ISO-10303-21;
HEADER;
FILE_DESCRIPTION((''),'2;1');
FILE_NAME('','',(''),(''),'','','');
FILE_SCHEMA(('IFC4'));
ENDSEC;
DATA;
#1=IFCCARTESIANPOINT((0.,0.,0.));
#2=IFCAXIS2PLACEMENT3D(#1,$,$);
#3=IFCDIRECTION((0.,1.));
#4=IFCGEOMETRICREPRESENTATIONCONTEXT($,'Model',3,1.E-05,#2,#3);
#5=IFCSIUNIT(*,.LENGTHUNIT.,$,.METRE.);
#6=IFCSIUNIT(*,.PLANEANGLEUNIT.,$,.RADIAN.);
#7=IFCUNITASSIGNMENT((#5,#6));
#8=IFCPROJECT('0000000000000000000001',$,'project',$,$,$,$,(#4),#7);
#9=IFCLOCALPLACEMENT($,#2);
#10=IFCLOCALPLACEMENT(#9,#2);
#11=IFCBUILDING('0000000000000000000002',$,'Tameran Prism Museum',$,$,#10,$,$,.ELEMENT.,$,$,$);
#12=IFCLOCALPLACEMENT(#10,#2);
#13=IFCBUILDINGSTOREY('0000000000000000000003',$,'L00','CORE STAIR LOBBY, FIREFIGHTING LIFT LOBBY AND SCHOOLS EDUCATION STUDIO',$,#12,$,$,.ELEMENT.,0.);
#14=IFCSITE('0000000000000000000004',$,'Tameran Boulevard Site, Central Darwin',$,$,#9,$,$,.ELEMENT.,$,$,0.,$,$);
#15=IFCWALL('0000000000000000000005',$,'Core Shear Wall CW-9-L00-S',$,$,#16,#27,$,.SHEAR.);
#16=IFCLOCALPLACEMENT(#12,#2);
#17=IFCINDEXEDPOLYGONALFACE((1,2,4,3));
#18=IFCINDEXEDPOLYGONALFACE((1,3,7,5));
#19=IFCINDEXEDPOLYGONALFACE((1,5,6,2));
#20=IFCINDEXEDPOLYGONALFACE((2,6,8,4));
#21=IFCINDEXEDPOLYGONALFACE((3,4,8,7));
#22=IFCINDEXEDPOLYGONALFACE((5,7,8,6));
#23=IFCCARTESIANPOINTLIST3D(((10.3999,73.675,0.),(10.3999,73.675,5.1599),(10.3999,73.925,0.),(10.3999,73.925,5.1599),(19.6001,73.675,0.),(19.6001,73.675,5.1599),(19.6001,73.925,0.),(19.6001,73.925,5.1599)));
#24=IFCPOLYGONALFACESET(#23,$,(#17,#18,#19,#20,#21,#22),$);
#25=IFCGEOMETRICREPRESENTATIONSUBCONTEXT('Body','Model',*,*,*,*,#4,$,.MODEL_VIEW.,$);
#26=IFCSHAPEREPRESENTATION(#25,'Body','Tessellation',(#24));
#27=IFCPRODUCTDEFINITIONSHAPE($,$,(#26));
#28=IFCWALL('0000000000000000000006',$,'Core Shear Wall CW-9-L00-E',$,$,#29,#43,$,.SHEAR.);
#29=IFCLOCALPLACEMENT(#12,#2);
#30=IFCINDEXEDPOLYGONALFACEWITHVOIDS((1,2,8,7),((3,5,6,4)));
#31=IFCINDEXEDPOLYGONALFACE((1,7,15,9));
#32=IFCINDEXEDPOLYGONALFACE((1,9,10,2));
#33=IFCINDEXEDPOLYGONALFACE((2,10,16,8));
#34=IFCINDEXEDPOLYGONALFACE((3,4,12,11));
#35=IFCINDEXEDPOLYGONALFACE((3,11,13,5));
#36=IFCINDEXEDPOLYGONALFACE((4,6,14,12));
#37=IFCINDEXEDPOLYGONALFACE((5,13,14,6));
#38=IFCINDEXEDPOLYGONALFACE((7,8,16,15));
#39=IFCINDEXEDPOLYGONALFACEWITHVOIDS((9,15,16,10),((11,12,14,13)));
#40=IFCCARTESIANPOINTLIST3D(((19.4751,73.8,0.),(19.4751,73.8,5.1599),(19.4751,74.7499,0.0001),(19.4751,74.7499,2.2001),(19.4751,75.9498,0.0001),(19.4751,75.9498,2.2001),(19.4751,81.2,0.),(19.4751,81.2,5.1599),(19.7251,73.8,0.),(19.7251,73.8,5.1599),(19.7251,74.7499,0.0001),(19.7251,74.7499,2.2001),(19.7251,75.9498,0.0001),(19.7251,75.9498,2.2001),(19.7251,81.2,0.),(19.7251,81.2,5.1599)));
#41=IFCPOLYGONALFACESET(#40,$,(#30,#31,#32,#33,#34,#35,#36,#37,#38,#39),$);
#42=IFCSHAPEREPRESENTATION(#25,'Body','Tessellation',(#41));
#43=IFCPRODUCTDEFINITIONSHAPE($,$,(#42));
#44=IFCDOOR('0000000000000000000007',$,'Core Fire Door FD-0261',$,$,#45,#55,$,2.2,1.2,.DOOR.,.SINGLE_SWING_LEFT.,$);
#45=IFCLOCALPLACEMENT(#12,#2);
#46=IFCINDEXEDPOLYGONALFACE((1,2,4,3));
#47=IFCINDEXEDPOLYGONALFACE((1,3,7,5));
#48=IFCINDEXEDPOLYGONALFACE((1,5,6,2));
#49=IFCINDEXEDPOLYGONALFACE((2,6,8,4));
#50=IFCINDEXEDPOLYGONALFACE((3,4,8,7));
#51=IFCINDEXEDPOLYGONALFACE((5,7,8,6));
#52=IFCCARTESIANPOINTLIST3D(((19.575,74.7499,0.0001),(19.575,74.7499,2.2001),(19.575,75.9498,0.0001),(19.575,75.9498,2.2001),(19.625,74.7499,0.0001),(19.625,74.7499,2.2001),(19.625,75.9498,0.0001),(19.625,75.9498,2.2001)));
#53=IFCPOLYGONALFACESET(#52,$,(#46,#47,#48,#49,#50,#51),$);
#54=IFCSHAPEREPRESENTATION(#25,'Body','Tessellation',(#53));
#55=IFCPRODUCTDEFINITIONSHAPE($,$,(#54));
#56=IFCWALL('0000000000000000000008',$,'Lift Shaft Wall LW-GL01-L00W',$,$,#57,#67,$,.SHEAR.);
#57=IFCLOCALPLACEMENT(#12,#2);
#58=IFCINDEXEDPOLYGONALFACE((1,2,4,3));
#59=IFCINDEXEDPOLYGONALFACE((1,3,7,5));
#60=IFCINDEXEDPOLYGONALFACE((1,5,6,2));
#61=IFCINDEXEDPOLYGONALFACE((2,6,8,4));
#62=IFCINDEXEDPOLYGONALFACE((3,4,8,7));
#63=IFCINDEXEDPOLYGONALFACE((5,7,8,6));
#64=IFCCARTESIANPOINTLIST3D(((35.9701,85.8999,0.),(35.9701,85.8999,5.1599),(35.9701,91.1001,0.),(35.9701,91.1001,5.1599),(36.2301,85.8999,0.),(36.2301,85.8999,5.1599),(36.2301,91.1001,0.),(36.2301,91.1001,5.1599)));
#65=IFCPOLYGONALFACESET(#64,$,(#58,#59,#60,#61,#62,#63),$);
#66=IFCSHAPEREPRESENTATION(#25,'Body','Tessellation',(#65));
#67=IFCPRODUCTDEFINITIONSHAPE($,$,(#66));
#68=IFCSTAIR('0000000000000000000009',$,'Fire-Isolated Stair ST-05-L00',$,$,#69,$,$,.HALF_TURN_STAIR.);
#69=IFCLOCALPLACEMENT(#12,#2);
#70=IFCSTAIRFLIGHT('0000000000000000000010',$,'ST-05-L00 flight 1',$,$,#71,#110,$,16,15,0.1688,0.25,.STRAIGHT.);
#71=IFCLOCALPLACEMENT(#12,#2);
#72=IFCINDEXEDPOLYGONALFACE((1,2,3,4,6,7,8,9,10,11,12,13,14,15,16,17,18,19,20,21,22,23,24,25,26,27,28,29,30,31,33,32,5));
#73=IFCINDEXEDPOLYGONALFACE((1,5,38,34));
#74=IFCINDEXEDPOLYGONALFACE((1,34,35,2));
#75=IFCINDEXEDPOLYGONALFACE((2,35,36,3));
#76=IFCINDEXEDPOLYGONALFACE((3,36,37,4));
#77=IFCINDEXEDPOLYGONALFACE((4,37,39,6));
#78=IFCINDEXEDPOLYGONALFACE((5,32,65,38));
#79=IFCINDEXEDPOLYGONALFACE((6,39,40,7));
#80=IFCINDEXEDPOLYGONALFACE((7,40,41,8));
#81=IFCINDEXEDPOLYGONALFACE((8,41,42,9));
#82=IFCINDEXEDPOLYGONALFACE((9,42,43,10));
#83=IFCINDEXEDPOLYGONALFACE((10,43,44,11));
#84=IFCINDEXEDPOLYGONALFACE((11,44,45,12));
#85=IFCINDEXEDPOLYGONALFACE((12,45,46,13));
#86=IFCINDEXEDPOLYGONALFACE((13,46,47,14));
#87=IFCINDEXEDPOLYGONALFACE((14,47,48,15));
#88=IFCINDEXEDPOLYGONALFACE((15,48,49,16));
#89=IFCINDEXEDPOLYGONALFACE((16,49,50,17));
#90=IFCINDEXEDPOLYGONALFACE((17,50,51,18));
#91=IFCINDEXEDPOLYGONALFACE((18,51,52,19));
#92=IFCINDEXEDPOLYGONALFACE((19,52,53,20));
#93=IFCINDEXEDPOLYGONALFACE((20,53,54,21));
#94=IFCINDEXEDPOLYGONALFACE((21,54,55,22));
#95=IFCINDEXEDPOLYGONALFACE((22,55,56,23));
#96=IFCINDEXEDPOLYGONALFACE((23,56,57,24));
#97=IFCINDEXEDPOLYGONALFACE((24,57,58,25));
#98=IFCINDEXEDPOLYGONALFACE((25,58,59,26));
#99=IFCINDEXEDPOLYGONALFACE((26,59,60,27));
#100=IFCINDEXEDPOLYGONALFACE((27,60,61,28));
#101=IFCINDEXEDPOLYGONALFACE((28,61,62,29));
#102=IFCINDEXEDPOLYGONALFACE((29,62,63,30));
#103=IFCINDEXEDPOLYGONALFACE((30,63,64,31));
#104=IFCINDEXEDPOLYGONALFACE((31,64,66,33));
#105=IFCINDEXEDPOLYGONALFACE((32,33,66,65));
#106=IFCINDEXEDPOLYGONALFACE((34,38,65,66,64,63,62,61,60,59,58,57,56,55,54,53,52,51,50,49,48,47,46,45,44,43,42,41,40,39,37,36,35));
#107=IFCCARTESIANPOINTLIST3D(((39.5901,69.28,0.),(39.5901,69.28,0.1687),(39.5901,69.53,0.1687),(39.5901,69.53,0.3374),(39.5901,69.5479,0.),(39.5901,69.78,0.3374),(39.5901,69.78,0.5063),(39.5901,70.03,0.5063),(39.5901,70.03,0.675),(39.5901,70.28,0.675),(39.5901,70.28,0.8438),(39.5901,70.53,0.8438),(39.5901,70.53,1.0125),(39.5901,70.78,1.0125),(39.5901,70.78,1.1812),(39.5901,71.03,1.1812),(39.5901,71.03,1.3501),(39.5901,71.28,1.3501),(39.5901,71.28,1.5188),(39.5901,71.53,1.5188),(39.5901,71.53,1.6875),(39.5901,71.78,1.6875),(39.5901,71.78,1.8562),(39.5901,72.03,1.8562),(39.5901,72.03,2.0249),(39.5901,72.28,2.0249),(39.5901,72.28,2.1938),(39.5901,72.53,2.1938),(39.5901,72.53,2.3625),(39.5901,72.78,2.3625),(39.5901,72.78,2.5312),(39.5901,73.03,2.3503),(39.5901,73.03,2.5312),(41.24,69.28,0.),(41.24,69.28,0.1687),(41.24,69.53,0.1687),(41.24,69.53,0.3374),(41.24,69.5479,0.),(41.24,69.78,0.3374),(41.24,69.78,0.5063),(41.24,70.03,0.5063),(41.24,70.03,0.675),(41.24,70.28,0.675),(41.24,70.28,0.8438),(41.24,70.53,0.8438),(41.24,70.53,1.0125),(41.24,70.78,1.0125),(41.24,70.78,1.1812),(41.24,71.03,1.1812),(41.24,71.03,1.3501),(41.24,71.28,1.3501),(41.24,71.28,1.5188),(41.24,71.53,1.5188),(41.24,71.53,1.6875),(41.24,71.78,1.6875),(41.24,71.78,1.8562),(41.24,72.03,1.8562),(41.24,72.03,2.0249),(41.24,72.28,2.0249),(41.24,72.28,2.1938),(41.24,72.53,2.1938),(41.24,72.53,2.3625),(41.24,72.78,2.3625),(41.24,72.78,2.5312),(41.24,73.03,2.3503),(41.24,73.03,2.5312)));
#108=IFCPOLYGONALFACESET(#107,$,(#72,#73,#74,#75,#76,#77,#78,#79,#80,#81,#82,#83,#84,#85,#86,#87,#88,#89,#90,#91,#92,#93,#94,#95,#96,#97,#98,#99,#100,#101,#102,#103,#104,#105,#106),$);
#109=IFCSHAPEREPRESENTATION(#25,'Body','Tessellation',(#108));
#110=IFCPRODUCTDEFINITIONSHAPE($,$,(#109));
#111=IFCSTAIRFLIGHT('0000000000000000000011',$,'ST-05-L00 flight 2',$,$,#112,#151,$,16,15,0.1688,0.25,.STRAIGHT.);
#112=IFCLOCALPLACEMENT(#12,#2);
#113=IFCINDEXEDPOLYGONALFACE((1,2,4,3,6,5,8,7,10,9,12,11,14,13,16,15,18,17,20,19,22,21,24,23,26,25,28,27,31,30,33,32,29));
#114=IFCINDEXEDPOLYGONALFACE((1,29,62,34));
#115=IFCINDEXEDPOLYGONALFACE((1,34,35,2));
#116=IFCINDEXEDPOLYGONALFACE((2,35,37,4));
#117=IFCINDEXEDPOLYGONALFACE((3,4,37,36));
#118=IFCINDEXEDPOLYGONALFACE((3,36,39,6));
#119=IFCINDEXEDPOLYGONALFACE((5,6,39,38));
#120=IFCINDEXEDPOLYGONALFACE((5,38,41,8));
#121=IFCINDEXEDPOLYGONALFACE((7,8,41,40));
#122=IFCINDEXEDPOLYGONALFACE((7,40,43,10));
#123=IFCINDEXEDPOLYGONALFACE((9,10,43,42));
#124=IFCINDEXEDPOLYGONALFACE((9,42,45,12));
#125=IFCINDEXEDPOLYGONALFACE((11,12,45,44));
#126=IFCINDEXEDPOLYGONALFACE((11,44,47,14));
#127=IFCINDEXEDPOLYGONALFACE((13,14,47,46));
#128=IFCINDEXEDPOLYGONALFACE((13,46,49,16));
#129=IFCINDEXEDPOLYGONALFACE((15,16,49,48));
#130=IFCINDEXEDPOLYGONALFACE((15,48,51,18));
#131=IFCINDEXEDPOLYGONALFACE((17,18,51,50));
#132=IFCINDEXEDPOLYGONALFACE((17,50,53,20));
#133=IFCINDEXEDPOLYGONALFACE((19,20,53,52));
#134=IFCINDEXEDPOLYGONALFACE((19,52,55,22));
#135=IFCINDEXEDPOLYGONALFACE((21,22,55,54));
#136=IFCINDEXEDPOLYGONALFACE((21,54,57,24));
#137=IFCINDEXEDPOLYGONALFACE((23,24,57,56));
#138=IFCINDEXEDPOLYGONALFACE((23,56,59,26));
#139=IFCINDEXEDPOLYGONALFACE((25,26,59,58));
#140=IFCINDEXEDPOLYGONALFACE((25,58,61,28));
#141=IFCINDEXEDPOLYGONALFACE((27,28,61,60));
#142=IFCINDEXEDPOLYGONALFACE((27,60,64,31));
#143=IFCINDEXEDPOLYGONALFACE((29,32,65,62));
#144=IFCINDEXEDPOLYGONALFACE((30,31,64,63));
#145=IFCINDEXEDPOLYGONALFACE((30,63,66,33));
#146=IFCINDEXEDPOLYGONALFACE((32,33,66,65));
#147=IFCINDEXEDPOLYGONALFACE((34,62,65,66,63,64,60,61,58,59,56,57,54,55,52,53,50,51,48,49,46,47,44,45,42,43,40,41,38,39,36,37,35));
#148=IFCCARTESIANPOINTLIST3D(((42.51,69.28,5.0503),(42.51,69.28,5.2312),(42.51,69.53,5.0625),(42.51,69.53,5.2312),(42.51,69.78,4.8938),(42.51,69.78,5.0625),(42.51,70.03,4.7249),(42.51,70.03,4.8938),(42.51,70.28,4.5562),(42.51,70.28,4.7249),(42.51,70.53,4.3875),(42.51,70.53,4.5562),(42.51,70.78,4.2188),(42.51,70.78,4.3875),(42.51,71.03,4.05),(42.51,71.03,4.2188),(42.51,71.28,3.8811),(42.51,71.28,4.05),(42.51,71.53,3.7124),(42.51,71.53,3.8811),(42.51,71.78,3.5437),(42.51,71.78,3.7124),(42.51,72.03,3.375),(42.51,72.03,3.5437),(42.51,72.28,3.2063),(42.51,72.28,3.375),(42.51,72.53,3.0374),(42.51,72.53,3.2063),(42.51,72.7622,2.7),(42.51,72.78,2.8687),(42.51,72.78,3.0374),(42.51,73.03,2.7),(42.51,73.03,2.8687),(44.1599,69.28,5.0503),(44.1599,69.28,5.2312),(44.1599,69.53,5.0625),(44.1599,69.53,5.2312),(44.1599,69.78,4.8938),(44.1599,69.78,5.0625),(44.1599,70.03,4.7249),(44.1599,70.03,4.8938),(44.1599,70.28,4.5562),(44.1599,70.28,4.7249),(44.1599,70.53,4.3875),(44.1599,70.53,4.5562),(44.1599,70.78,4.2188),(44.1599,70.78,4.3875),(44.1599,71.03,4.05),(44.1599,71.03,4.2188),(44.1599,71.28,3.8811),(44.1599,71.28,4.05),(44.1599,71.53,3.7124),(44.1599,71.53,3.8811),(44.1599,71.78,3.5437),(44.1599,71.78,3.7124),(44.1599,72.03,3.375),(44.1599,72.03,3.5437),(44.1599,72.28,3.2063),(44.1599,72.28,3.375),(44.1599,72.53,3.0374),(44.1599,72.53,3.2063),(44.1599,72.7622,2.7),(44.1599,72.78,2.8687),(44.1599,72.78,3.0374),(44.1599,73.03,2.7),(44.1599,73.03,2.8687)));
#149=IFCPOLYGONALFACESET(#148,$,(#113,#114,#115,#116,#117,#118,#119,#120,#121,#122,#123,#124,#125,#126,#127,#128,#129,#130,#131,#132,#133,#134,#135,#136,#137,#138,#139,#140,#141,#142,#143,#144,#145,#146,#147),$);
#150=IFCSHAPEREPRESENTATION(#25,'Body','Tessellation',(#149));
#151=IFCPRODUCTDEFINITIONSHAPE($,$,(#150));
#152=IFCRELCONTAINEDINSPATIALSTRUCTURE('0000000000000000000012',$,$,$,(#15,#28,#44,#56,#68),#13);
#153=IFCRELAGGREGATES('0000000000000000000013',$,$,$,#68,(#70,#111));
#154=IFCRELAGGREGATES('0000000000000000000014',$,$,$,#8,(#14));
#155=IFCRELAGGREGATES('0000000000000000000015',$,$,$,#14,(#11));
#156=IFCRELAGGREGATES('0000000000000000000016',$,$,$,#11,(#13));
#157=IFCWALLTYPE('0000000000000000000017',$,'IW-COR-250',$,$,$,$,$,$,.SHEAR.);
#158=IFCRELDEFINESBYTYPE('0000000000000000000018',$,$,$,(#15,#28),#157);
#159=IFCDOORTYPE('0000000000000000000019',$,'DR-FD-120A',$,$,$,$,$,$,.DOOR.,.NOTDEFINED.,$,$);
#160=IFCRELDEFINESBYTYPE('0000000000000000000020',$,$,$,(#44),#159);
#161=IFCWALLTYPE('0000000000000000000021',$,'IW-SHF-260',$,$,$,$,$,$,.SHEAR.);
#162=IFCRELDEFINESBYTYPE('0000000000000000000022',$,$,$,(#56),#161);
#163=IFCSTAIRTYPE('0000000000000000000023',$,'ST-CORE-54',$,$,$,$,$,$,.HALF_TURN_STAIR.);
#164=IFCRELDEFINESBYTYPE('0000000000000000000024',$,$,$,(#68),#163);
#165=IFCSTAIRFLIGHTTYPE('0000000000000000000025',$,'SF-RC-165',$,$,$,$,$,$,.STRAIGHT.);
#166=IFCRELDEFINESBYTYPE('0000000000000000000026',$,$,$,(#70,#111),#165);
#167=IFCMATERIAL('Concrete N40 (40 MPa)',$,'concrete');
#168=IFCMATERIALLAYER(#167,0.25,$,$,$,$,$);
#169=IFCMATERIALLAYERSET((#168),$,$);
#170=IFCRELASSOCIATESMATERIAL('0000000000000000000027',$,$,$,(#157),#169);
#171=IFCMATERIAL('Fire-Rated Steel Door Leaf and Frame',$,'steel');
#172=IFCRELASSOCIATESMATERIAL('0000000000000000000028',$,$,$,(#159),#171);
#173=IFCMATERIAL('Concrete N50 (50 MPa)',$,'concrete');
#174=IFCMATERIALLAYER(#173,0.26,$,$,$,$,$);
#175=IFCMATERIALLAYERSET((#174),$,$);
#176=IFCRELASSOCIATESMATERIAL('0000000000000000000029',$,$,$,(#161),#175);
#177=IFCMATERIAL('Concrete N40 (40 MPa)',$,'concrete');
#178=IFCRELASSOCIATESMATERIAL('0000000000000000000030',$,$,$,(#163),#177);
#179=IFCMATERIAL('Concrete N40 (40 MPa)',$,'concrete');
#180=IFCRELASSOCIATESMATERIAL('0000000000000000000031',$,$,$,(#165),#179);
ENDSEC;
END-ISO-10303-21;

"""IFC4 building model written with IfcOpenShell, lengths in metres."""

from ifc_helpers import new_model, si_unit, direction, frame, frame_2d, origin, place, context, subcontext, project, spatial, polyline, rectangle, outline, extrude, material, layer, layer_set, type_object, element, fill, aggregate, save


model = new_model("IFC4")

# Units and contexts
model_context = context("Model", 3, precision=1e-05, world=origin(), true_north=direction((0.0, 1.0)))
body_context = subcontext(model_context, "Body", "Model", "MODEL_VIEW")
ifc_project = project(units=[si_unit("LENGTHUNIT", "METRE"), si_unit("PLANEANGLEUNIT", "RADIAN")], contexts=[model_context])

# Site, building, storey
site_placement = place(None, origin())
site = spatial("IfcSite", under=ifc_project, at=site_placement, Name="Tameran Boulevard Site, Central Darwin", CompositionType="ELEMENT", RefElevation=0.0)
building_placement = place(site_placement, origin())
building = spatial("IfcBuilding", under=site, at=building_placement, Name="Tameran Prism Museum", CompositionType="ELEMENT")
storey_placement = place(building_placement, origin())
storey = spatial("IfcBuildingStorey", under=building, at=storey_placement, Name="L00", Description="CORE STAIR LOBBY, FIREFIGHTING LIFT LOBBY AND SCHOOLS EDUCATION STUDIO", CompositionType="ELEMENT", Elevation=0.0)

# Shared definitions
ifc_material_1 = material(Name="Concrete N40 (40 MPa)", Category="concrete")
ifc_layer_1 = layer(ifc_material_1, 0.25)
ifc_layer_set_1 = layer_set([ifc_layer_1])
wall_type_1 = type_object("IfcWallType", Name="IW-COR-250", PredefinedType="SHEAR", material=ifc_layer_set_1)

# Shared definitions
ifc_material_2 = material(Name="Fire-Rated Steel Door Leaf and Frame", Category="steel")
door_type = type_object("IfcDoorType", Name="DR-FD-120A", OperationType="NOTDEFINED", PredefinedType="DOOR", material=ifc_material_2)

# Wall
wall_1_placement = place(storey_placement, frame((19.6001, 73.8, 0.0), z_axis=(0.0, 0.0, 1.0), x_axis=(-1.0, 0.0, 0.0)))
element("IfcWall", 1, at=wall_1_placement, inside=storey, type_object=wall_type_1, Name="Core Shear Wall CW-9-L00-S", PredefinedType="SHEAR", context=body_context, shape_type="SweptSolid", body=[
    extrude(rectangle(XDim=9.2002, YDim=0.25, at=frame_2d((4.6001, 0.0))), origin(), (0.0, 0.0, 1.0), 5.1599),
])

# Wall, opening, door
wall_2_placement = place(storey_placement, frame((19.6001, 81.2, 0.0), z_axis=(0.0, 0.0, 1.0), x_axis=(0.0, -1.0, 0.0)))
wall_2 = element("IfcWall", 2, at=wall_2_placement, inside=storey, type_object=wall_type_1, Name="Core Shear Wall CW-9-L00-E", PredefinedType="SHEAR", context=body_context, shape_type="SweptSolid", body=[
    extrude(rectangle(XDim=7.3999, YDim=0.25, at=frame_2d((3.7, 0.0))), origin(), (0.0, 0.0, 1.0), 5.1599),
])
opening_1_placement = place(wall_2_placement, frame((5.25, 0.0, 0.0)))
opening_1 = element("IfcOpeningElement", 3, at=opening_1_placement, cuts=wall_2, PredefinedType="OPENING", context=body_context, shape_type="SweptSolid", body=[
    extrude(rectangle(XDim=1.2, YDim=2.2, at=frame_2d((0.6001, 1.1001))), frame((0.0, 0.135, 0.0), z_axis=(0.0, -1.0, 0.0), x_axis=(1.0, 0.0, 0.0)), (0.0, 0.0, 1.0), 0.27),
])
door_1_placement = place(opening_1_placement, origin())
door_1 = element("IfcDoor", 4, at=door_1_placement, inside=storey, type_object=door_type, Name="Core Fire Door FD-0261", OperationType="SINGLE_SWING_LEFT", OverallHeight=2.2, OverallWidth=1.2, PredefinedType="DOOR", context=body_context, shape_type="SweptSolid", body=[
    extrude(rectangle(XDim=1.2, YDim=2.2, at=frame_2d((0.6001, 1.1001))), frame((0.0, 0.0249, 0.0), z_axis=(0.0, -1.0, 0.0), x_axis=(1.0, 0.0, 0.0)), (0.0, 0.0, 1.0), 0.05),
])
fill(opening_1, door_1)

# Wall
ifc_material_3 = material(Name="Concrete N50 (50 MPa)", Category="concrete")
ifc_layer_2 = layer(ifc_material_3, 0.26)
ifc_layer_set_2 = layer_set([ifc_layer_2])
wall_type_2 = type_object("IfcWallType", Name="IW-SHF-260", PredefinedType="SHEAR", material=ifc_layer_set_2)
wall_3_placement = place(storey_placement, frame((36.1001, 85.8999, 0.0), z_axis=(0.0, 0.0, 1.0), x_axis=(0.0, 1.0, 0.0)))
element("IfcWall", 5, at=wall_3_placement, inside=storey, type_object=wall_type_2, Name="Lift Shaft Wall LW-GL01-L00W", PredefinedType="SHEAR", context=body_context, shape_type="SweptSolid", body=[
    extrude(rectangle(XDim=5.2002, YDim=0.26, at=frame_2d((2.6001, 0.0))), origin(), (0.0, 0.0, 1.0), 5.1599),
])

# Stair, stair flights
ifc_material_4 = material(Name="Concrete N40 (40 MPa)", Category="concrete")
stair_type = type_object("IfcStairType", Name="ST-CORE-54", PredefinedType="HALF_TURN_STAIR", material=ifc_material_4)
stair_placement = place(storey_placement, origin())
stair = element("IfcStair", 6, at=stair_placement, inside=storey, type_object=stair_type, Name="Fire-Isolated Stair ST-05-L00", PredefinedType="HALF_TURN_STAIR")
ifc_material_5 = material(Name="Concrete N40 (40 MPa)", Category="concrete")
stair_flight_type = type_object("IfcStairFlightType", Name="SF-RC-165", PredefinedType="STRAIGHT", material=ifc_material_5)
stair_flight_1_placement = place(storey_placement, frame((40.415, 69.28, 0.0), z_axis=(0.0, 0.0, 1.0), x_axis=(0.0, 1.0, 0.0)))
stair_flight_1 = element("IfcStairFlight", 7, at=stair_flight_1_placement, type_object=stair_flight_type, Name="ST-05-L00 flight 1", NumberOfRisers=16, NumberOfTreads=15, PredefinedType="STRAIGHT", RiserHeight=0.1688, TreadLength=0.25, context=body_context, shape_type="SweptSolid", body=[
    extrude(outline(polyline([(0.0, 0.0), (0.0, 0.1687), (0.25, 0.1687), (0.25, 0.3374), (0.5, 0.3374), (0.5, 0.5063), (0.75, 0.5063), (0.75, 0.675), (1.0, 0.675), (1.0, 0.8438), (1.25, 0.8438), (1.25, 1.0125), (1.5, 1.0125), (1.5, 1.1812), (1.75, 1.1812), (1.75, 1.3501), (2.0, 1.3501), (2.0, 1.5188), (2.25, 1.5188), (2.25, 1.6875), (2.5, 1.6875), (2.5, 1.8562), (2.75, 1.8562), (2.75, 2.0249), (3.0, 2.0249), (3.0, 2.1938), (3.25, 2.1938), (3.25, 2.3625), (3.5, 2.3625), (3.5, 2.5312), (3.75, 2.5312), (3.75, 2.7), (3.75, 2.3503), (0.2678, 0.0), (0.0, 0.0)])), frame((0.0, 0.825, 0.0), z_axis=(0.0, -1.0, 0.0), x_axis=(1.0, 0.0, 0.0)), (0.0, 0.0, 1.0), 1.6499),
])
stair_flight_2_placement = place(storey_placement, frame((43.335, 73.03, 2.7), z_axis=(0.0, 0.0, 1.0), x_axis=(0.0, -1.0, 0.0)))
stair_flight_2 = element("IfcStairFlight", 8, at=stair_flight_2_placement, type_object=stair_flight_type, Name="ST-05-L00 flight 2", NumberOfRisers=16, NumberOfTreads=15, PredefinedType="STRAIGHT", RiserHeight=0.1688, TreadLength=0.25, context=body_context, shape_type="SweptSolid", body=[
    extrude(outline(polyline([(0.0, 0.0), (0.0, 0.1687), (0.25, 0.1687), (0.25, 0.3374), (0.5, 0.3374), (0.5, 0.5063), (0.75, 0.5063), (0.75, 0.675), (1.0, 0.675), (1.0, 0.8438), (1.25, 0.8438), (1.25, 1.0125), (1.5, 1.0125), (1.5, 1.1812), (1.75, 1.1812), (1.75, 1.3501), (2.0, 1.3501), (2.0, 1.5188), (2.25, 1.5188), (2.25, 1.6875), (2.5, 1.6875), (2.5, 1.8562), (2.75, 1.8562), (2.75, 2.0249), (3.0, 2.0249), (3.0, 2.1938), (3.25, 2.1938), (3.25, 2.3625), (3.5, 2.3625), (3.5, 2.5312), (3.75, 2.5312), (3.75, 2.7), (3.75, 2.3503), (0.2678, 0.0), (0.0, 0.0)])), frame((0.0, 0.825, 0.0), z_axis=(0.0, -1.0, 0.0), x_axis=(1.0, 0.0, 0.0)), (0.0, 0.0, 1.0), 1.6499),
])
aggregate(stair, [stair_flight_1, stair_flight_2])

save(model, "model.ifc")
